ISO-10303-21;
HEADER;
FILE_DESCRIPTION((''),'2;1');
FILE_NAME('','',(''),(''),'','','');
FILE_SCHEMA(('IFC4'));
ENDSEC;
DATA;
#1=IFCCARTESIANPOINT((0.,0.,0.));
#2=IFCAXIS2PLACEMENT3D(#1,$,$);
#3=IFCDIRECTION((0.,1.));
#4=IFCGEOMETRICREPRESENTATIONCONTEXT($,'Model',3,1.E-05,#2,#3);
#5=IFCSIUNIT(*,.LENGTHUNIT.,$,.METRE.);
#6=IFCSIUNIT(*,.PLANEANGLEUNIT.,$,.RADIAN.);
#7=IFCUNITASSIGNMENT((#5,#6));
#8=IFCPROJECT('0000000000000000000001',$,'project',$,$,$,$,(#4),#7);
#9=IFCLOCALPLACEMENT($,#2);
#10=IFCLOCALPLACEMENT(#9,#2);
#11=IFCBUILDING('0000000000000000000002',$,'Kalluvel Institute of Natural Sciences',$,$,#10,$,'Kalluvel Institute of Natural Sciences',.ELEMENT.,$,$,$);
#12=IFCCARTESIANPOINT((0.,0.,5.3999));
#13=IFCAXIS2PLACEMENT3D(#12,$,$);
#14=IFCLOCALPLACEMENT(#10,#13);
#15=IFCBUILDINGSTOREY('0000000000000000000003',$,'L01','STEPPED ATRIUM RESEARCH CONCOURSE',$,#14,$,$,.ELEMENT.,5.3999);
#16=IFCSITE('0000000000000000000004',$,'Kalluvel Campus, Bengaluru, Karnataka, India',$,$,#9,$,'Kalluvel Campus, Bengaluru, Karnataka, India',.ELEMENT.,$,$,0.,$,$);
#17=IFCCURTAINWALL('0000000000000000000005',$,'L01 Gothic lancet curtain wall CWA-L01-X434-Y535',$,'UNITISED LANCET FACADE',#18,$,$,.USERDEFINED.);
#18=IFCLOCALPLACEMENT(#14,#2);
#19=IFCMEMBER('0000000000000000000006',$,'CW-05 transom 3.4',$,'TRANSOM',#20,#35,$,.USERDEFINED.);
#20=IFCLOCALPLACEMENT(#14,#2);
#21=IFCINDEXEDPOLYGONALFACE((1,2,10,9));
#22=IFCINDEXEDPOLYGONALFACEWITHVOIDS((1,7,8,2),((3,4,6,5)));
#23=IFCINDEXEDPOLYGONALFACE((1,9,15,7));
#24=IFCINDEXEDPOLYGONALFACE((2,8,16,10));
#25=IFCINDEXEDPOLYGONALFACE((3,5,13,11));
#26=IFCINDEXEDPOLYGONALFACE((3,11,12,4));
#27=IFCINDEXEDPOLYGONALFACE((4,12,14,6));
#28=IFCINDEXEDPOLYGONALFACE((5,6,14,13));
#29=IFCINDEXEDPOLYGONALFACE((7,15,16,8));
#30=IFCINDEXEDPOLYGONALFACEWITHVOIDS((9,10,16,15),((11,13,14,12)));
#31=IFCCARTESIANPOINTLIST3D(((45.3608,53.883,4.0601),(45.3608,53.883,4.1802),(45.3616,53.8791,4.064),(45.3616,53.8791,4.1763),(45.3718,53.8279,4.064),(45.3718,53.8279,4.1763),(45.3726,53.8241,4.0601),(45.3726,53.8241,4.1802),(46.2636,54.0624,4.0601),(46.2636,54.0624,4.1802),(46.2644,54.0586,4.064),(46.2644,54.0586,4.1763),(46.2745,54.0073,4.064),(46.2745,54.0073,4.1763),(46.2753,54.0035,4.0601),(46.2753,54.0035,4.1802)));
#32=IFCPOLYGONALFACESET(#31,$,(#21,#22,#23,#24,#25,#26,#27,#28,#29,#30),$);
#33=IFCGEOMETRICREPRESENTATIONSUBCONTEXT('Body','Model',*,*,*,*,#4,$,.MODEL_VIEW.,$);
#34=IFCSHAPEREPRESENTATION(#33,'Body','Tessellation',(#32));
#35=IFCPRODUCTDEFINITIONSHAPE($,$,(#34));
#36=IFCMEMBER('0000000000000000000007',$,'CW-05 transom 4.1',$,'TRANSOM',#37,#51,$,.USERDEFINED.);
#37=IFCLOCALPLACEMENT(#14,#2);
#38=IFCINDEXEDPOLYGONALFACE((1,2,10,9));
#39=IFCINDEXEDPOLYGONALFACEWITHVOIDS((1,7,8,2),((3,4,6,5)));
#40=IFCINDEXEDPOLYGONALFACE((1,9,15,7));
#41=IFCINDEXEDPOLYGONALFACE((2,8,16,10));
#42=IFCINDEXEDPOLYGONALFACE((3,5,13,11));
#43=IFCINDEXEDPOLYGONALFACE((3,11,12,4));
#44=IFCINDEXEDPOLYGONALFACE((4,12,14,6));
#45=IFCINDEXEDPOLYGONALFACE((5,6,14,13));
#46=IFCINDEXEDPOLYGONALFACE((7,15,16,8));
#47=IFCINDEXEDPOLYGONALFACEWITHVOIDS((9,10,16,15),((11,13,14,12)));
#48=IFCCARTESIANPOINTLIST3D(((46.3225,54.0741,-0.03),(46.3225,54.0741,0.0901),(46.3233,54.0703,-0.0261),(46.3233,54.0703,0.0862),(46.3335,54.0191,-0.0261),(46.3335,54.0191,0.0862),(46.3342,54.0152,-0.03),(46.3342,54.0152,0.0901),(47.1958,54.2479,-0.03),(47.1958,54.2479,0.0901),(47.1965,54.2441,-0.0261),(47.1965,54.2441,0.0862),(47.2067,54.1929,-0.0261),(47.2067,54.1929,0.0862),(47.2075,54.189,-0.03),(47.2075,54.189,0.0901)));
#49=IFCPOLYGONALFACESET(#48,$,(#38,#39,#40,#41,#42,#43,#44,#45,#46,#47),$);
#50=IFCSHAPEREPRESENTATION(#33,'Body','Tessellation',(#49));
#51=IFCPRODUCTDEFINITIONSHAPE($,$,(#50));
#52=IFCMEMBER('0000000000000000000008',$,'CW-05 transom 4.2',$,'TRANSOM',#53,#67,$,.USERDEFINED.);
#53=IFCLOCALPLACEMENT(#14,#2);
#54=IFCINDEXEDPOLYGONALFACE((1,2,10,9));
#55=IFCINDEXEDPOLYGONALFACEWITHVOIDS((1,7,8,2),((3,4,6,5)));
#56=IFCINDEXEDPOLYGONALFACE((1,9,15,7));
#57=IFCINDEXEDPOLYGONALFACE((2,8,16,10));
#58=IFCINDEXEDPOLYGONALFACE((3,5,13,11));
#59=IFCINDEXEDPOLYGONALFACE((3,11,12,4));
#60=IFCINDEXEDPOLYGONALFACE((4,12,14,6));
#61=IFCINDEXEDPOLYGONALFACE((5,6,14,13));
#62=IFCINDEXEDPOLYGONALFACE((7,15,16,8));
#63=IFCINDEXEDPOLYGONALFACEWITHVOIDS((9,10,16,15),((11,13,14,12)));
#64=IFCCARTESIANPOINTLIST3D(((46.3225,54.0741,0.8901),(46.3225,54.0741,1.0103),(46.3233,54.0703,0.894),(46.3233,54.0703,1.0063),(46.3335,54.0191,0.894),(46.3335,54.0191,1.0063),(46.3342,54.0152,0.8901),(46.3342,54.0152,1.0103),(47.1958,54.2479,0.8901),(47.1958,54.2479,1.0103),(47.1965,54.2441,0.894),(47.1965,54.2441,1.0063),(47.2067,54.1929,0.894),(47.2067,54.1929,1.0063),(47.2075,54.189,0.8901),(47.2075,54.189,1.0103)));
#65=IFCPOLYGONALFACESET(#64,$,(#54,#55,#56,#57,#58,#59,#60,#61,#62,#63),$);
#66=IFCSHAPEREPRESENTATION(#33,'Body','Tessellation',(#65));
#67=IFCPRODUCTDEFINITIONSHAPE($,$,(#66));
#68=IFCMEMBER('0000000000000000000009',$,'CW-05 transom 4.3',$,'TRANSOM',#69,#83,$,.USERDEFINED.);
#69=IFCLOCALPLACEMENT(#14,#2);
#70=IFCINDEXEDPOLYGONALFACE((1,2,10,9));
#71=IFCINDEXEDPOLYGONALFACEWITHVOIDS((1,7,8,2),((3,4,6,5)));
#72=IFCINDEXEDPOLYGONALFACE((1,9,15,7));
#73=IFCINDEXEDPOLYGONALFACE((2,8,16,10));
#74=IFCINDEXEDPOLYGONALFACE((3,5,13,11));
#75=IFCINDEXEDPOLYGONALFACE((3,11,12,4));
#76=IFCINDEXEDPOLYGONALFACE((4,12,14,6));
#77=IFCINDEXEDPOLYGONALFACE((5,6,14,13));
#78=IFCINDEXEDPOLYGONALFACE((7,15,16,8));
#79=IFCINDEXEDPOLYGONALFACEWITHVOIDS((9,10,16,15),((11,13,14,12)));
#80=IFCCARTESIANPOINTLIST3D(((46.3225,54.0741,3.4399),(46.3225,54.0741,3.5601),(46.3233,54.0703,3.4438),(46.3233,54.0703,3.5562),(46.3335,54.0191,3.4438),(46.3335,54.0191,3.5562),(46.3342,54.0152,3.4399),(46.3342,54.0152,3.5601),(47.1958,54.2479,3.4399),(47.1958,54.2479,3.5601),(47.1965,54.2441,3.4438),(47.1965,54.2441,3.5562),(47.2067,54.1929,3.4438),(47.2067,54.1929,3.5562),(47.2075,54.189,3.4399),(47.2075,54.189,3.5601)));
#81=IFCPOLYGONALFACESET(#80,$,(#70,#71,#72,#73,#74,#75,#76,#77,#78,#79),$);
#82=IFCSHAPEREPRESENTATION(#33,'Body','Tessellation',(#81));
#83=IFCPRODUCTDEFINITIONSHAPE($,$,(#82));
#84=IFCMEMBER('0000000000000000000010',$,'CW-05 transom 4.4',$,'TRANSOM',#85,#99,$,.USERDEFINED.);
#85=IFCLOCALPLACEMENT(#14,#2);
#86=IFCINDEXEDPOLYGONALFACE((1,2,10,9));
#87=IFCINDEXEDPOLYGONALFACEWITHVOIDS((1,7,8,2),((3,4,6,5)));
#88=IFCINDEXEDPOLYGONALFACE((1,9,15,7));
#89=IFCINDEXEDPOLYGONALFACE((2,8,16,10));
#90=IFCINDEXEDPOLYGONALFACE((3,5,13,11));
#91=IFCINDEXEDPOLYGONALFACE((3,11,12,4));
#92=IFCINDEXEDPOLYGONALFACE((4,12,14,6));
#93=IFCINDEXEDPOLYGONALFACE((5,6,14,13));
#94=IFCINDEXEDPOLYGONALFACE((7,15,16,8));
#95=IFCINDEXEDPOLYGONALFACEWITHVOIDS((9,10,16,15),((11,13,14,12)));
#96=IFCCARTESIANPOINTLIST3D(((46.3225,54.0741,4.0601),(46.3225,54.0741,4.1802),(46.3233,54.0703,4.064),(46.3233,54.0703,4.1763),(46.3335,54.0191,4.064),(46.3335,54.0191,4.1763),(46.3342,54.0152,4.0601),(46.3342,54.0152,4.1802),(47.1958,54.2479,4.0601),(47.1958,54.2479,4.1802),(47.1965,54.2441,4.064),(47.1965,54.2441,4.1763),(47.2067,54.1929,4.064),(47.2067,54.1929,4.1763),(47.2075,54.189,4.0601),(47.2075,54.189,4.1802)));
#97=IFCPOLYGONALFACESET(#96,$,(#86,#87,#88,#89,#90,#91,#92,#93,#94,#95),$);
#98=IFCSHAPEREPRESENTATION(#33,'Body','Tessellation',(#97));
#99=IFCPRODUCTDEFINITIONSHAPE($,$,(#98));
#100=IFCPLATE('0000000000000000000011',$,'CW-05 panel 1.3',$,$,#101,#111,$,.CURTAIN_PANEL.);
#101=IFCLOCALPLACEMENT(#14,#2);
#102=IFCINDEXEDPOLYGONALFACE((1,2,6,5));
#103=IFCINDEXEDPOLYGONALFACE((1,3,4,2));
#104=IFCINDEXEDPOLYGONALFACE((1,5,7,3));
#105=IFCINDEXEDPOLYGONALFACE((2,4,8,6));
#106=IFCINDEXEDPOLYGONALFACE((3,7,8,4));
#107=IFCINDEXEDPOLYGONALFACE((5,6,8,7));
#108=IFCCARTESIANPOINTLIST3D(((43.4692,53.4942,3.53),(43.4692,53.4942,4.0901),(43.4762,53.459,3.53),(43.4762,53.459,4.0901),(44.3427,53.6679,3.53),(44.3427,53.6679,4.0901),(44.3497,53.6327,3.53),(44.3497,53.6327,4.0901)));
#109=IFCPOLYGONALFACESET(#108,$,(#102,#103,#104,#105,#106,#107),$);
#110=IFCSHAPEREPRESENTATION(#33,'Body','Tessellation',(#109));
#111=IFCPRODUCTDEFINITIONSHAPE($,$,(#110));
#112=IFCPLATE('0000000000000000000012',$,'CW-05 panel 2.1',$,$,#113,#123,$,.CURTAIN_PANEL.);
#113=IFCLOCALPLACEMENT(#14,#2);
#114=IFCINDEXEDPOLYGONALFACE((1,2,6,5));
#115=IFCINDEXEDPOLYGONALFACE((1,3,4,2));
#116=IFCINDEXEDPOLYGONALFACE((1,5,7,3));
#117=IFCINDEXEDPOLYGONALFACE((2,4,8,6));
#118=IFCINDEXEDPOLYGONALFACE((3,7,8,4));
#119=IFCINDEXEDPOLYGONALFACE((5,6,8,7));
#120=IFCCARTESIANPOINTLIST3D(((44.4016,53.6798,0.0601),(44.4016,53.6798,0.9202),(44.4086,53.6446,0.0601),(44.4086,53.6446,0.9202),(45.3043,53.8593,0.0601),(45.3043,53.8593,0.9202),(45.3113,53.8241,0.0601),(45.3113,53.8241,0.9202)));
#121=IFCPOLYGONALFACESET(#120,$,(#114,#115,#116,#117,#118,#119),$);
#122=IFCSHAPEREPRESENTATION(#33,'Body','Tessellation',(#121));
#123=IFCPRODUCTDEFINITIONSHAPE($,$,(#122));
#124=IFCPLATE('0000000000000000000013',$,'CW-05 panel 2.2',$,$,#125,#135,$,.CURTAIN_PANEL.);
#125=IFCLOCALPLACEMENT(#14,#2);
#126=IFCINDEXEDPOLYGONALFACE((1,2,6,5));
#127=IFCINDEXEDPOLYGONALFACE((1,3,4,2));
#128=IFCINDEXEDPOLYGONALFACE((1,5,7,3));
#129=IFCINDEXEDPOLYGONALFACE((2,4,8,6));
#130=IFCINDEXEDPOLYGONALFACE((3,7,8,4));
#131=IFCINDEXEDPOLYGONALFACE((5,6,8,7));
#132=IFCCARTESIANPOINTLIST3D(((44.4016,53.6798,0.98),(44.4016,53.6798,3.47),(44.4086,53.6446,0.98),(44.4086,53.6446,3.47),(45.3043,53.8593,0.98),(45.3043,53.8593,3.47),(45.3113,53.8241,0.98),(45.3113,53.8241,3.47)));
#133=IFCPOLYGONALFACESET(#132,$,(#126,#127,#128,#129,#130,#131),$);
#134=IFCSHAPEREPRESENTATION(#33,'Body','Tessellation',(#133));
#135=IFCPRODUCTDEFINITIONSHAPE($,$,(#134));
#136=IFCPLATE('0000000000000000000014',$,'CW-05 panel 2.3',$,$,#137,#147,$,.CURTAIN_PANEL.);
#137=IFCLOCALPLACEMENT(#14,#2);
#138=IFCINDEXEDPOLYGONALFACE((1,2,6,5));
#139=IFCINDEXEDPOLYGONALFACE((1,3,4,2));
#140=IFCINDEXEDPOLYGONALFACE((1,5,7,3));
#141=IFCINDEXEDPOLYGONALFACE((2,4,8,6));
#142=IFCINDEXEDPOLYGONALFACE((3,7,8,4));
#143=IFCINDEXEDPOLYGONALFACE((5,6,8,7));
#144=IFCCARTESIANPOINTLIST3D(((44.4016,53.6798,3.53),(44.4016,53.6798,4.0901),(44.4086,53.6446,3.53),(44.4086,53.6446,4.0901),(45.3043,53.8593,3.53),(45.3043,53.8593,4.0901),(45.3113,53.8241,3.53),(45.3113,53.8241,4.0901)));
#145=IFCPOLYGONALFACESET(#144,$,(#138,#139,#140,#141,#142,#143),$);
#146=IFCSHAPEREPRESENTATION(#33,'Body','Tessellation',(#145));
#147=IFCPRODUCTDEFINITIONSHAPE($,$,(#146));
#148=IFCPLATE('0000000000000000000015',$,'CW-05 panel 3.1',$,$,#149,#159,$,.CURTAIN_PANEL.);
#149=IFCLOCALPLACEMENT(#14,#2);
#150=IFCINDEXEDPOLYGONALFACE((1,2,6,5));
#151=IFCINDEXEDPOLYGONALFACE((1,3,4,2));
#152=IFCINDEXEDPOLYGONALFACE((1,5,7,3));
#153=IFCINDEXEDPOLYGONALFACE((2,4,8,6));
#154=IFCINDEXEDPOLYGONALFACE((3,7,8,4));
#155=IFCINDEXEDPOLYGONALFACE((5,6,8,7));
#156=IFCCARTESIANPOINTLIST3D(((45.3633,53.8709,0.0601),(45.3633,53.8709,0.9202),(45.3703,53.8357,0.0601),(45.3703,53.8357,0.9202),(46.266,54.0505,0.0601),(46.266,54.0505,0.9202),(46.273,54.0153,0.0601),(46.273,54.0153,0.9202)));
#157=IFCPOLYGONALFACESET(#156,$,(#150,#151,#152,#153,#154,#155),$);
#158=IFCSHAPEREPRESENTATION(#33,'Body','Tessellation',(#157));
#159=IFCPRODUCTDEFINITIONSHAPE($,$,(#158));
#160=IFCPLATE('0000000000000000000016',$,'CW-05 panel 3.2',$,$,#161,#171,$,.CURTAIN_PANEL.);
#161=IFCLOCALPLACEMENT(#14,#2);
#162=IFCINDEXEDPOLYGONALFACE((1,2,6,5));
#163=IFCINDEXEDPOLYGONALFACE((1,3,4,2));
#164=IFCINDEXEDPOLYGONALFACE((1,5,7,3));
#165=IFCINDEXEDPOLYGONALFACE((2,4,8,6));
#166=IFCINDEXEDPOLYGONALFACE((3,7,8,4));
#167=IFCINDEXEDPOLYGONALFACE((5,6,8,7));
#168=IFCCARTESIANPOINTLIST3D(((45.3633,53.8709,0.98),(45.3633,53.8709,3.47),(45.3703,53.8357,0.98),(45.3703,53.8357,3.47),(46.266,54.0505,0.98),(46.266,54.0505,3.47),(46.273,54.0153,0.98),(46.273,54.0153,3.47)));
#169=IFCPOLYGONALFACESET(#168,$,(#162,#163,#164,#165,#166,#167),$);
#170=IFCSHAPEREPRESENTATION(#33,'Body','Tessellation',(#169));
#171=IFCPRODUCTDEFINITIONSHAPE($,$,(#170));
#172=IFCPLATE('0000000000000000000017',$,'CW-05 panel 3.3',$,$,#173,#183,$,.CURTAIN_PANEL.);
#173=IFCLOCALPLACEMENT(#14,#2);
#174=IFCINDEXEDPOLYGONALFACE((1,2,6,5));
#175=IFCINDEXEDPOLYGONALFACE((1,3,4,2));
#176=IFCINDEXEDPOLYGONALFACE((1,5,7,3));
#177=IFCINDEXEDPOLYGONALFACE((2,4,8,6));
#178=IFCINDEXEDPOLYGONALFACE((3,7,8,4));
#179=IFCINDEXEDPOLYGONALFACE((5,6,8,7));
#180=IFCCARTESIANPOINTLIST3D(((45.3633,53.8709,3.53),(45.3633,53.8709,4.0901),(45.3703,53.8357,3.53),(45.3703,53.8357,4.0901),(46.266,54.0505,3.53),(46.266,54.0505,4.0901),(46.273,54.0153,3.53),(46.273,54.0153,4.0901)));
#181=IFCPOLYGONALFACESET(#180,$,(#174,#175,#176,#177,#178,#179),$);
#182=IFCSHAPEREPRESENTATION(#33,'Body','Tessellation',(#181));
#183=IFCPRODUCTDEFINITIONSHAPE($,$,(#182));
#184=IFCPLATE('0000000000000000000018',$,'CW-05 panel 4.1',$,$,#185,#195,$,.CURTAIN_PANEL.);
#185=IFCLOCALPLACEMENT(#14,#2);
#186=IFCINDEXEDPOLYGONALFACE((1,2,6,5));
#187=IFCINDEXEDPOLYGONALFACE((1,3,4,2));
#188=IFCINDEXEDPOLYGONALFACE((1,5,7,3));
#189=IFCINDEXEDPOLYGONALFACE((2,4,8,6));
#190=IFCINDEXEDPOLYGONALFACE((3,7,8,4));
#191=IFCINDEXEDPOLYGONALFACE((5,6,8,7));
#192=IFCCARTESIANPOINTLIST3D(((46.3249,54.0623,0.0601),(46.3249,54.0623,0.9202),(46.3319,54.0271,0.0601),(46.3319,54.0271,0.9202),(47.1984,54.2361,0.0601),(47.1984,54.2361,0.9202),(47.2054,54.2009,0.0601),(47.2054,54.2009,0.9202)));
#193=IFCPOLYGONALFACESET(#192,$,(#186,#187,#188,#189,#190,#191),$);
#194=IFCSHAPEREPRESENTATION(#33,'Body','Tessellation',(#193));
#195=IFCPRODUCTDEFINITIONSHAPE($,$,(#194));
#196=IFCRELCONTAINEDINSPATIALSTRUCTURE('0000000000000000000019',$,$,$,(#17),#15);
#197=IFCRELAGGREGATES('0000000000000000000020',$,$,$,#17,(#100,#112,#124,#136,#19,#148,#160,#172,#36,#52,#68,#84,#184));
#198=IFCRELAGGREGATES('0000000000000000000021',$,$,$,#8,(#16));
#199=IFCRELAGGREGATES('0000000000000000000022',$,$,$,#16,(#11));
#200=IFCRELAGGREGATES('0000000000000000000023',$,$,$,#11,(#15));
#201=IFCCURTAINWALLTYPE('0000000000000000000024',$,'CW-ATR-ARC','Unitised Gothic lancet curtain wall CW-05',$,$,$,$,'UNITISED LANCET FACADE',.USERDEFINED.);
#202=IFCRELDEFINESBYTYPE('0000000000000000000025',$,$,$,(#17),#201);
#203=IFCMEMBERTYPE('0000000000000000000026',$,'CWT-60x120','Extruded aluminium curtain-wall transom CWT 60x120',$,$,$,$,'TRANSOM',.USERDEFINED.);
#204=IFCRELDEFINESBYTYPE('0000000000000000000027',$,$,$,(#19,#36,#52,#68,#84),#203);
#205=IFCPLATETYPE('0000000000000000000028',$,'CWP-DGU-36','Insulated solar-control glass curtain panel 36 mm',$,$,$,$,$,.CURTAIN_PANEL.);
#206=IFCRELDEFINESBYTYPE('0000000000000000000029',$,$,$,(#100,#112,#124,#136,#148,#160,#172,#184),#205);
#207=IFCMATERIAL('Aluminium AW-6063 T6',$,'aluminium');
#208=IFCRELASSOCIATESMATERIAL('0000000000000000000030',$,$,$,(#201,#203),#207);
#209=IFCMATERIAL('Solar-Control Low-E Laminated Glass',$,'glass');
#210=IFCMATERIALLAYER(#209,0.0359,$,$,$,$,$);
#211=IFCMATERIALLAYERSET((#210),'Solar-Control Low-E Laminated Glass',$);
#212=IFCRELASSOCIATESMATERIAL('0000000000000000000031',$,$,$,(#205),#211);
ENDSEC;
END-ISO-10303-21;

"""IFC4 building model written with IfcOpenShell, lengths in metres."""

from ifc_helpers import new_model, si_unit, direction, frame, origin, origin_2d, place, context, subcontext, project, spatial, rectangle, hollow_rectangle, extrude, material, layer, layer_set, material_profile, profile_set, type_object, element, aggregate, save


model = new_model("IFC4")

# Units and contexts
model_context = context("Model", 3, precision=1e-05, world=origin(), true_north=direction((0.0, 1.0)))
body_context = subcontext(model_context, "Body", "Model", "MODEL_VIEW")
ifc_project = project(units=[si_unit("LENGTHUNIT", "METRE"), si_unit("PLANEANGLEUNIT", "RADIAN")], contexts=[model_context])

# Site, building, storey
site_placement = place(None, origin())
site = spatial("IfcSite", under=ifc_project, at=site_placement, Name="Kalluvel Campus, Bengaluru, Karnataka, India", LongName="Kalluvel Campus, Bengaluru, Karnataka, India", CompositionType="ELEMENT", RefElevation=0.0)
building_placement = place(site_placement, origin())
building = spatial("IfcBuilding", under=site, at=building_placement, Name="Kalluvel Institute of Natural Sciences", LongName="Kalluvel Institute of Natural Sciences", CompositionType="ELEMENT")
storey_placement = place(building_placement, frame((0.0, 0.0, 5.3999)))
storey = spatial("IfcBuildingStorey", under=building, at=storey_placement, Name="L01", Description="STEPPED ATRIUM RESEARCH CONCOURSE", CompositionType="ELEMENT", Elevation=5.3999)

# Curtain wall, members, plates
ifc_material_1 = material(Name="Aluminium AW-6063 T6", Category="aluminium")
curtain_wall_type = type_object("IfcCurtainWallType", Name="CW-ATR-ARC", Description="Unitised Gothic lancet curtain wall CW-05", ElementType="UNITISED LANCET FACADE", PredefinedType="USERDEFINED", material=ifc_material_1)
curtain_wall_placement = place(storey_placement, origin())
curtain_wall = element("IfcCurtainWall", 1, at=curtain_wall_placement, inside=storey, type_object=curtain_wall_type, Name="L01 Gothic lancet curtain wall CWA-L01-X434-Y535", ObjectType="UNITISED LANCET FACADE", PredefinedType="USERDEFINED")
ifc_material_profile_1 = material_profile(ifc_material_1, hollow_rectangle(XDim=0.0601, YDim=0.1201, WallThickness=0.0039, at=origin_2d()), Name="CWT 60x120")
ifc_profile_set_1 = profile_set([ifc_material_profile_1], Name="Aluminium AW-6063 T6")
member_type_1 = type_object("IfcMemberType", Name="CWT-60x120", Description="Extruded aluminium curtain-wall transom CWT 60x120", ElementType="TRANSOM", PredefinedType="USERDEFINED", material=ifc_profile_set_1)
member_1_placement = place(storey_placement, frame((45.3667, 53.8535, 4.1201), z_axis=(0.980815, 0.194943, 0.0), x_axis=(-0.194943, 0.980815, 0.0)))
member_1 = element("IfcMember", 2, at=member_1_placement, type_object=member_type_1, Name="CW-05 transom 3.4", ObjectType="TRANSOM", PredefinedType="USERDEFINED", context=body_context, shape_type="SweptSolid", body=[
    extrude(hollow_rectangle(XDim=0.0601, YDim=0.1201, WallThickness=0.0039, at=origin_2d()), origin(), (0.0, 0.0, 1.0), 0.9204),
])
member_2_placement = place(storey_placement, frame((46.3284, 54.0447, 0.03), z_axis=(0.98076, 0.19522, 0.0), x_axis=(-0.19522, 0.98076, 0.0)))
member_2 = element("IfcMember", 3, at=member_2_placement, type_object=member_type_1, Name="CW-05 transom 4.1", ObjectType="TRANSOM", PredefinedType="USERDEFINED", context=body_context, shape_type="SweptSolid", body=[
    extrude(hollow_rectangle(XDim=0.0601, YDim=0.1201, WallThickness=0.0039, at=origin_2d()), origin(), (0.0, 0.0, 1.0), 0.8904),
])
member_3_placement = place(storey_placement, frame((46.3284, 54.0447, 0.9502), z_axis=(0.98076, 0.19522, 0.0), x_axis=(-0.19522, 0.98076, 0.0)))
member_3 = element("IfcMember", 4, at=member_3_placement, type_object=member_type_1, Name="CW-05 transom 4.2", ObjectType="TRANSOM", PredefinedType="USERDEFINED", context=body_context, shape_type="SweptSolid", body=[
    extrude(hollow_rectangle(XDim=0.0601, YDim=0.1201, WallThickness=0.0039, at=origin_2d()), origin(), (0.0, 0.0, 1.0), 0.8904),
])
member_4_placement = place(storey_placement, frame((46.3284, 54.0447, 3.5), z_axis=(0.98076, 0.19522, 0.0), x_axis=(-0.19522, 0.98076, 0.0)))
member_4 = element("IfcMember", 5, at=member_4_placement, type_object=member_type_1, Name="CW-05 transom 4.3", ObjectType="TRANSOM", PredefinedType="USERDEFINED", context=body_context, shape_type="SweptSolid", body=[
    extrude(hollow_rectangle(XDim=0.0601, YDim=0.1201, WallThickness=0.0039, at=origin_2d()), origin(), (0.0, 0.0, 1.0), 0.8904),
])
member_5_placement = place(storey_placement, frame((46.3284, 54.0447, 4.1201), z_axis=(0.98076, 0.19522, 0.0), x_axis=(-0.19522, 0.98076, 0.0)))
member_5 = element("IfcMember", 6, at=member_5_placement, type_object=member_type_1, Name="CW-05 transom 4.4", ObjectType="TRANSOM", PredefinedType="USERDEFINED", context=body_context, shape_type="SweptSolid", body=[
    extrude(hollow_rectangle(XDim=0.0601, YDim=0.1201, WallThickness=0.0039, at=origin_2d()), origin(), (0.0, 0.0, 1.0), 0.8904),
])
ifc_material_2 = material(Name="Solar-Control Low-E Laminated Glass", Category="glass")
ifc_layer = layer(ifc_material_2, 0.0359)
ifc_layer_set = layer_set([ifc_layer], Name="Solar-Control Low-E Laminated Glass")
plate_type = type_object("IfcPlateType", Name="CWP-DGU-36", Description="Insulated solar-control glass curtain panel 36 mm", PredefinedType="CURTAIN_PANEL", material=ifc_layer_set)
plate_1_placement = place(storey_placement, frame((43.9094, 53.5635, 3.53), z_axis=(0.0, 0.0, 1.0), x_axis=(0.980788, 0.195077, 0.0)))
plate_1 = element("IfcPlate", 7, at=plate_1_placement, type_object=plate_type, Name="CW-05 panel 1.3", PredefinedType="CURTAIN_PANEL", context=body_context, shape_type="SweptSolid", body=[
    extrude(rectangle(XDim=0.8906, YDim=0.0359, at=origin_2d()), origin(), (0.0, 0.0, 1.0), 0.5601),
])
plate_2_placement = place(storey_placement, frame((44.8564, 53.752, 0.0601), z_axis=(0.0, 0.0, 1.0), x_axis=(0.980788, 0.195077, 0.0)))
plate_2 = element("IfcPlate", 8, at=plate_2_placement, type_object=plate_type, Name="CW-05 panel 2.1", PredefinedType="CURTAIN_PANEL", context=body_context, shape_type="SweptSolid", body=[
    extrude(rectangle(XDim=0.9204, YDim=0.0359, at=origin_2d()), origin(), (0.0, 0.0, 1.0), 0.8601),
])
plate_3_placement = place(storey_placement, frame((44.8564, 53.752, 0.98), z_axis=(0.0, 0.0, 1.0), x_axis=(0.980788, 0.195077, 0.0)))
plate_3 = element("IfcPlate", 9, at=plate_3_placement, type_object=plate_type, Name="CW-05 panel 2.2", PredefinedType="CURTAIN_PANEL", context=body_context, shape_type="SweptSolid", body=[
    extrude(rectangle(XDim=0.9204, YDim=0.0359, at=origin_2d()), origin(), (0.0, 0.0, 1.0), 2.49),
])
plate_4_placement = place(storey_placement, frame((44.8564, 53.752, 3.53), z_axis=(0.0, 0.0, 1.0), x_axis=(0.980788, 0.195077, 0.0)))
plate_4 = element("IfcPlate", 10, at=plate_4_placement, type_object=plate_type, Name="CW-05 panel 2.3", PredefinedType="CURTAIN_PANEL", context=body_context, shape_type="SweptSolid", body=[
    extrude(rectangle(XDim=0.9204, YDim=0.0359, at=origin_2d()), origin(), (0.0, 0.0, 1.0), 0.5601),
])
plate_5_placement = place(storey_placement, frame((45.8181, 53.9431, 0.0601), z_axis=(0.0, 0.0, 1.0), x_axis=(0.980788, 0.195077, 0.0)))
plate_5 = element("IfcPlate", 11, at=plate_5_placement, type_object=plate_type, Name="CW-05 panel 3.1", PredefinedType="CURTAIN_PANEL", context=body_context, shape_type="SweptSolid", body=[
    extrude(rectangle(XDim=0.9204, YDim=0.0359, at=origin_2d()), origin(), (0.0, 0.0, 1.0), 0.8601),
])
plate_6_placement = place(storey_placement, frame((45.8181, 53.9431, 0.98), z_axis=(0.0, 0.0, 1.0), x_axis=(0.980788, 0.195077, 0.0)))
plate_6 = element("IfcPlate", 12, at=plate_6_placement, type_object=plate_type, Name="CW-05 panel 3.2", PredefinedType="CURTAIN_PANEL", context=body_context, shape_type="SweptSolid", body=[
    extrude(rectangle(XDim=0.9204, YDim=0.0359, at=origin_2d()), origin(), (0.0, 0.0, 1.0), 2.49),
])
plate_7_placement = place(storey_placement, frame((45.8181, 53.9431, 3.53), z_axis=(0.0, 0.0, 1.0), x_axis=(0.980788, 0.195077, 0.0)))
plate_7 = element("IfcPlate", 13, at=plate_7_placement, type_object=plate_type, Name="CW-05 panel 3.3", PredefinedType="CURTAIN_PANEL", context=body_context, shape_type="SweptSolid", body=[
    extrude(rectangle(XDim=0.9204, YDim=0.0359, at=origin_2d()), origin(), (0.0, 0.0, 1.0), 0.5601),
])
plate_8_placement = place(storey_placement, frame((46.7651, 54.1316, 0.0601), z_axis=(0.0, 0.0, 1.0), x_axis=(0.980788, 0.195077, 0.0)))
plate_8 = element("IfcPlate", 14, at=plate_8_placement, type_object=plate_type, Name="CW-05 panel 4.1", PredefinedType="CURTAIN_PANEL", context=body_context, shape_type="SweptSolid", body=[
    extrude(rectangle(XDim=0.8906, YDim=0.0359, at=origin_2d()), origin(), (0.0, 0.0, 1.0), 0.8601),
])
aggregate(curtain_wall, [plate_1, plate_2, plate_3, plate_4, member_1, plate_5, plate_6, plate_7, member_2, member_3, member_4, member_5, plate_8])

save(model, "model.ifc")
